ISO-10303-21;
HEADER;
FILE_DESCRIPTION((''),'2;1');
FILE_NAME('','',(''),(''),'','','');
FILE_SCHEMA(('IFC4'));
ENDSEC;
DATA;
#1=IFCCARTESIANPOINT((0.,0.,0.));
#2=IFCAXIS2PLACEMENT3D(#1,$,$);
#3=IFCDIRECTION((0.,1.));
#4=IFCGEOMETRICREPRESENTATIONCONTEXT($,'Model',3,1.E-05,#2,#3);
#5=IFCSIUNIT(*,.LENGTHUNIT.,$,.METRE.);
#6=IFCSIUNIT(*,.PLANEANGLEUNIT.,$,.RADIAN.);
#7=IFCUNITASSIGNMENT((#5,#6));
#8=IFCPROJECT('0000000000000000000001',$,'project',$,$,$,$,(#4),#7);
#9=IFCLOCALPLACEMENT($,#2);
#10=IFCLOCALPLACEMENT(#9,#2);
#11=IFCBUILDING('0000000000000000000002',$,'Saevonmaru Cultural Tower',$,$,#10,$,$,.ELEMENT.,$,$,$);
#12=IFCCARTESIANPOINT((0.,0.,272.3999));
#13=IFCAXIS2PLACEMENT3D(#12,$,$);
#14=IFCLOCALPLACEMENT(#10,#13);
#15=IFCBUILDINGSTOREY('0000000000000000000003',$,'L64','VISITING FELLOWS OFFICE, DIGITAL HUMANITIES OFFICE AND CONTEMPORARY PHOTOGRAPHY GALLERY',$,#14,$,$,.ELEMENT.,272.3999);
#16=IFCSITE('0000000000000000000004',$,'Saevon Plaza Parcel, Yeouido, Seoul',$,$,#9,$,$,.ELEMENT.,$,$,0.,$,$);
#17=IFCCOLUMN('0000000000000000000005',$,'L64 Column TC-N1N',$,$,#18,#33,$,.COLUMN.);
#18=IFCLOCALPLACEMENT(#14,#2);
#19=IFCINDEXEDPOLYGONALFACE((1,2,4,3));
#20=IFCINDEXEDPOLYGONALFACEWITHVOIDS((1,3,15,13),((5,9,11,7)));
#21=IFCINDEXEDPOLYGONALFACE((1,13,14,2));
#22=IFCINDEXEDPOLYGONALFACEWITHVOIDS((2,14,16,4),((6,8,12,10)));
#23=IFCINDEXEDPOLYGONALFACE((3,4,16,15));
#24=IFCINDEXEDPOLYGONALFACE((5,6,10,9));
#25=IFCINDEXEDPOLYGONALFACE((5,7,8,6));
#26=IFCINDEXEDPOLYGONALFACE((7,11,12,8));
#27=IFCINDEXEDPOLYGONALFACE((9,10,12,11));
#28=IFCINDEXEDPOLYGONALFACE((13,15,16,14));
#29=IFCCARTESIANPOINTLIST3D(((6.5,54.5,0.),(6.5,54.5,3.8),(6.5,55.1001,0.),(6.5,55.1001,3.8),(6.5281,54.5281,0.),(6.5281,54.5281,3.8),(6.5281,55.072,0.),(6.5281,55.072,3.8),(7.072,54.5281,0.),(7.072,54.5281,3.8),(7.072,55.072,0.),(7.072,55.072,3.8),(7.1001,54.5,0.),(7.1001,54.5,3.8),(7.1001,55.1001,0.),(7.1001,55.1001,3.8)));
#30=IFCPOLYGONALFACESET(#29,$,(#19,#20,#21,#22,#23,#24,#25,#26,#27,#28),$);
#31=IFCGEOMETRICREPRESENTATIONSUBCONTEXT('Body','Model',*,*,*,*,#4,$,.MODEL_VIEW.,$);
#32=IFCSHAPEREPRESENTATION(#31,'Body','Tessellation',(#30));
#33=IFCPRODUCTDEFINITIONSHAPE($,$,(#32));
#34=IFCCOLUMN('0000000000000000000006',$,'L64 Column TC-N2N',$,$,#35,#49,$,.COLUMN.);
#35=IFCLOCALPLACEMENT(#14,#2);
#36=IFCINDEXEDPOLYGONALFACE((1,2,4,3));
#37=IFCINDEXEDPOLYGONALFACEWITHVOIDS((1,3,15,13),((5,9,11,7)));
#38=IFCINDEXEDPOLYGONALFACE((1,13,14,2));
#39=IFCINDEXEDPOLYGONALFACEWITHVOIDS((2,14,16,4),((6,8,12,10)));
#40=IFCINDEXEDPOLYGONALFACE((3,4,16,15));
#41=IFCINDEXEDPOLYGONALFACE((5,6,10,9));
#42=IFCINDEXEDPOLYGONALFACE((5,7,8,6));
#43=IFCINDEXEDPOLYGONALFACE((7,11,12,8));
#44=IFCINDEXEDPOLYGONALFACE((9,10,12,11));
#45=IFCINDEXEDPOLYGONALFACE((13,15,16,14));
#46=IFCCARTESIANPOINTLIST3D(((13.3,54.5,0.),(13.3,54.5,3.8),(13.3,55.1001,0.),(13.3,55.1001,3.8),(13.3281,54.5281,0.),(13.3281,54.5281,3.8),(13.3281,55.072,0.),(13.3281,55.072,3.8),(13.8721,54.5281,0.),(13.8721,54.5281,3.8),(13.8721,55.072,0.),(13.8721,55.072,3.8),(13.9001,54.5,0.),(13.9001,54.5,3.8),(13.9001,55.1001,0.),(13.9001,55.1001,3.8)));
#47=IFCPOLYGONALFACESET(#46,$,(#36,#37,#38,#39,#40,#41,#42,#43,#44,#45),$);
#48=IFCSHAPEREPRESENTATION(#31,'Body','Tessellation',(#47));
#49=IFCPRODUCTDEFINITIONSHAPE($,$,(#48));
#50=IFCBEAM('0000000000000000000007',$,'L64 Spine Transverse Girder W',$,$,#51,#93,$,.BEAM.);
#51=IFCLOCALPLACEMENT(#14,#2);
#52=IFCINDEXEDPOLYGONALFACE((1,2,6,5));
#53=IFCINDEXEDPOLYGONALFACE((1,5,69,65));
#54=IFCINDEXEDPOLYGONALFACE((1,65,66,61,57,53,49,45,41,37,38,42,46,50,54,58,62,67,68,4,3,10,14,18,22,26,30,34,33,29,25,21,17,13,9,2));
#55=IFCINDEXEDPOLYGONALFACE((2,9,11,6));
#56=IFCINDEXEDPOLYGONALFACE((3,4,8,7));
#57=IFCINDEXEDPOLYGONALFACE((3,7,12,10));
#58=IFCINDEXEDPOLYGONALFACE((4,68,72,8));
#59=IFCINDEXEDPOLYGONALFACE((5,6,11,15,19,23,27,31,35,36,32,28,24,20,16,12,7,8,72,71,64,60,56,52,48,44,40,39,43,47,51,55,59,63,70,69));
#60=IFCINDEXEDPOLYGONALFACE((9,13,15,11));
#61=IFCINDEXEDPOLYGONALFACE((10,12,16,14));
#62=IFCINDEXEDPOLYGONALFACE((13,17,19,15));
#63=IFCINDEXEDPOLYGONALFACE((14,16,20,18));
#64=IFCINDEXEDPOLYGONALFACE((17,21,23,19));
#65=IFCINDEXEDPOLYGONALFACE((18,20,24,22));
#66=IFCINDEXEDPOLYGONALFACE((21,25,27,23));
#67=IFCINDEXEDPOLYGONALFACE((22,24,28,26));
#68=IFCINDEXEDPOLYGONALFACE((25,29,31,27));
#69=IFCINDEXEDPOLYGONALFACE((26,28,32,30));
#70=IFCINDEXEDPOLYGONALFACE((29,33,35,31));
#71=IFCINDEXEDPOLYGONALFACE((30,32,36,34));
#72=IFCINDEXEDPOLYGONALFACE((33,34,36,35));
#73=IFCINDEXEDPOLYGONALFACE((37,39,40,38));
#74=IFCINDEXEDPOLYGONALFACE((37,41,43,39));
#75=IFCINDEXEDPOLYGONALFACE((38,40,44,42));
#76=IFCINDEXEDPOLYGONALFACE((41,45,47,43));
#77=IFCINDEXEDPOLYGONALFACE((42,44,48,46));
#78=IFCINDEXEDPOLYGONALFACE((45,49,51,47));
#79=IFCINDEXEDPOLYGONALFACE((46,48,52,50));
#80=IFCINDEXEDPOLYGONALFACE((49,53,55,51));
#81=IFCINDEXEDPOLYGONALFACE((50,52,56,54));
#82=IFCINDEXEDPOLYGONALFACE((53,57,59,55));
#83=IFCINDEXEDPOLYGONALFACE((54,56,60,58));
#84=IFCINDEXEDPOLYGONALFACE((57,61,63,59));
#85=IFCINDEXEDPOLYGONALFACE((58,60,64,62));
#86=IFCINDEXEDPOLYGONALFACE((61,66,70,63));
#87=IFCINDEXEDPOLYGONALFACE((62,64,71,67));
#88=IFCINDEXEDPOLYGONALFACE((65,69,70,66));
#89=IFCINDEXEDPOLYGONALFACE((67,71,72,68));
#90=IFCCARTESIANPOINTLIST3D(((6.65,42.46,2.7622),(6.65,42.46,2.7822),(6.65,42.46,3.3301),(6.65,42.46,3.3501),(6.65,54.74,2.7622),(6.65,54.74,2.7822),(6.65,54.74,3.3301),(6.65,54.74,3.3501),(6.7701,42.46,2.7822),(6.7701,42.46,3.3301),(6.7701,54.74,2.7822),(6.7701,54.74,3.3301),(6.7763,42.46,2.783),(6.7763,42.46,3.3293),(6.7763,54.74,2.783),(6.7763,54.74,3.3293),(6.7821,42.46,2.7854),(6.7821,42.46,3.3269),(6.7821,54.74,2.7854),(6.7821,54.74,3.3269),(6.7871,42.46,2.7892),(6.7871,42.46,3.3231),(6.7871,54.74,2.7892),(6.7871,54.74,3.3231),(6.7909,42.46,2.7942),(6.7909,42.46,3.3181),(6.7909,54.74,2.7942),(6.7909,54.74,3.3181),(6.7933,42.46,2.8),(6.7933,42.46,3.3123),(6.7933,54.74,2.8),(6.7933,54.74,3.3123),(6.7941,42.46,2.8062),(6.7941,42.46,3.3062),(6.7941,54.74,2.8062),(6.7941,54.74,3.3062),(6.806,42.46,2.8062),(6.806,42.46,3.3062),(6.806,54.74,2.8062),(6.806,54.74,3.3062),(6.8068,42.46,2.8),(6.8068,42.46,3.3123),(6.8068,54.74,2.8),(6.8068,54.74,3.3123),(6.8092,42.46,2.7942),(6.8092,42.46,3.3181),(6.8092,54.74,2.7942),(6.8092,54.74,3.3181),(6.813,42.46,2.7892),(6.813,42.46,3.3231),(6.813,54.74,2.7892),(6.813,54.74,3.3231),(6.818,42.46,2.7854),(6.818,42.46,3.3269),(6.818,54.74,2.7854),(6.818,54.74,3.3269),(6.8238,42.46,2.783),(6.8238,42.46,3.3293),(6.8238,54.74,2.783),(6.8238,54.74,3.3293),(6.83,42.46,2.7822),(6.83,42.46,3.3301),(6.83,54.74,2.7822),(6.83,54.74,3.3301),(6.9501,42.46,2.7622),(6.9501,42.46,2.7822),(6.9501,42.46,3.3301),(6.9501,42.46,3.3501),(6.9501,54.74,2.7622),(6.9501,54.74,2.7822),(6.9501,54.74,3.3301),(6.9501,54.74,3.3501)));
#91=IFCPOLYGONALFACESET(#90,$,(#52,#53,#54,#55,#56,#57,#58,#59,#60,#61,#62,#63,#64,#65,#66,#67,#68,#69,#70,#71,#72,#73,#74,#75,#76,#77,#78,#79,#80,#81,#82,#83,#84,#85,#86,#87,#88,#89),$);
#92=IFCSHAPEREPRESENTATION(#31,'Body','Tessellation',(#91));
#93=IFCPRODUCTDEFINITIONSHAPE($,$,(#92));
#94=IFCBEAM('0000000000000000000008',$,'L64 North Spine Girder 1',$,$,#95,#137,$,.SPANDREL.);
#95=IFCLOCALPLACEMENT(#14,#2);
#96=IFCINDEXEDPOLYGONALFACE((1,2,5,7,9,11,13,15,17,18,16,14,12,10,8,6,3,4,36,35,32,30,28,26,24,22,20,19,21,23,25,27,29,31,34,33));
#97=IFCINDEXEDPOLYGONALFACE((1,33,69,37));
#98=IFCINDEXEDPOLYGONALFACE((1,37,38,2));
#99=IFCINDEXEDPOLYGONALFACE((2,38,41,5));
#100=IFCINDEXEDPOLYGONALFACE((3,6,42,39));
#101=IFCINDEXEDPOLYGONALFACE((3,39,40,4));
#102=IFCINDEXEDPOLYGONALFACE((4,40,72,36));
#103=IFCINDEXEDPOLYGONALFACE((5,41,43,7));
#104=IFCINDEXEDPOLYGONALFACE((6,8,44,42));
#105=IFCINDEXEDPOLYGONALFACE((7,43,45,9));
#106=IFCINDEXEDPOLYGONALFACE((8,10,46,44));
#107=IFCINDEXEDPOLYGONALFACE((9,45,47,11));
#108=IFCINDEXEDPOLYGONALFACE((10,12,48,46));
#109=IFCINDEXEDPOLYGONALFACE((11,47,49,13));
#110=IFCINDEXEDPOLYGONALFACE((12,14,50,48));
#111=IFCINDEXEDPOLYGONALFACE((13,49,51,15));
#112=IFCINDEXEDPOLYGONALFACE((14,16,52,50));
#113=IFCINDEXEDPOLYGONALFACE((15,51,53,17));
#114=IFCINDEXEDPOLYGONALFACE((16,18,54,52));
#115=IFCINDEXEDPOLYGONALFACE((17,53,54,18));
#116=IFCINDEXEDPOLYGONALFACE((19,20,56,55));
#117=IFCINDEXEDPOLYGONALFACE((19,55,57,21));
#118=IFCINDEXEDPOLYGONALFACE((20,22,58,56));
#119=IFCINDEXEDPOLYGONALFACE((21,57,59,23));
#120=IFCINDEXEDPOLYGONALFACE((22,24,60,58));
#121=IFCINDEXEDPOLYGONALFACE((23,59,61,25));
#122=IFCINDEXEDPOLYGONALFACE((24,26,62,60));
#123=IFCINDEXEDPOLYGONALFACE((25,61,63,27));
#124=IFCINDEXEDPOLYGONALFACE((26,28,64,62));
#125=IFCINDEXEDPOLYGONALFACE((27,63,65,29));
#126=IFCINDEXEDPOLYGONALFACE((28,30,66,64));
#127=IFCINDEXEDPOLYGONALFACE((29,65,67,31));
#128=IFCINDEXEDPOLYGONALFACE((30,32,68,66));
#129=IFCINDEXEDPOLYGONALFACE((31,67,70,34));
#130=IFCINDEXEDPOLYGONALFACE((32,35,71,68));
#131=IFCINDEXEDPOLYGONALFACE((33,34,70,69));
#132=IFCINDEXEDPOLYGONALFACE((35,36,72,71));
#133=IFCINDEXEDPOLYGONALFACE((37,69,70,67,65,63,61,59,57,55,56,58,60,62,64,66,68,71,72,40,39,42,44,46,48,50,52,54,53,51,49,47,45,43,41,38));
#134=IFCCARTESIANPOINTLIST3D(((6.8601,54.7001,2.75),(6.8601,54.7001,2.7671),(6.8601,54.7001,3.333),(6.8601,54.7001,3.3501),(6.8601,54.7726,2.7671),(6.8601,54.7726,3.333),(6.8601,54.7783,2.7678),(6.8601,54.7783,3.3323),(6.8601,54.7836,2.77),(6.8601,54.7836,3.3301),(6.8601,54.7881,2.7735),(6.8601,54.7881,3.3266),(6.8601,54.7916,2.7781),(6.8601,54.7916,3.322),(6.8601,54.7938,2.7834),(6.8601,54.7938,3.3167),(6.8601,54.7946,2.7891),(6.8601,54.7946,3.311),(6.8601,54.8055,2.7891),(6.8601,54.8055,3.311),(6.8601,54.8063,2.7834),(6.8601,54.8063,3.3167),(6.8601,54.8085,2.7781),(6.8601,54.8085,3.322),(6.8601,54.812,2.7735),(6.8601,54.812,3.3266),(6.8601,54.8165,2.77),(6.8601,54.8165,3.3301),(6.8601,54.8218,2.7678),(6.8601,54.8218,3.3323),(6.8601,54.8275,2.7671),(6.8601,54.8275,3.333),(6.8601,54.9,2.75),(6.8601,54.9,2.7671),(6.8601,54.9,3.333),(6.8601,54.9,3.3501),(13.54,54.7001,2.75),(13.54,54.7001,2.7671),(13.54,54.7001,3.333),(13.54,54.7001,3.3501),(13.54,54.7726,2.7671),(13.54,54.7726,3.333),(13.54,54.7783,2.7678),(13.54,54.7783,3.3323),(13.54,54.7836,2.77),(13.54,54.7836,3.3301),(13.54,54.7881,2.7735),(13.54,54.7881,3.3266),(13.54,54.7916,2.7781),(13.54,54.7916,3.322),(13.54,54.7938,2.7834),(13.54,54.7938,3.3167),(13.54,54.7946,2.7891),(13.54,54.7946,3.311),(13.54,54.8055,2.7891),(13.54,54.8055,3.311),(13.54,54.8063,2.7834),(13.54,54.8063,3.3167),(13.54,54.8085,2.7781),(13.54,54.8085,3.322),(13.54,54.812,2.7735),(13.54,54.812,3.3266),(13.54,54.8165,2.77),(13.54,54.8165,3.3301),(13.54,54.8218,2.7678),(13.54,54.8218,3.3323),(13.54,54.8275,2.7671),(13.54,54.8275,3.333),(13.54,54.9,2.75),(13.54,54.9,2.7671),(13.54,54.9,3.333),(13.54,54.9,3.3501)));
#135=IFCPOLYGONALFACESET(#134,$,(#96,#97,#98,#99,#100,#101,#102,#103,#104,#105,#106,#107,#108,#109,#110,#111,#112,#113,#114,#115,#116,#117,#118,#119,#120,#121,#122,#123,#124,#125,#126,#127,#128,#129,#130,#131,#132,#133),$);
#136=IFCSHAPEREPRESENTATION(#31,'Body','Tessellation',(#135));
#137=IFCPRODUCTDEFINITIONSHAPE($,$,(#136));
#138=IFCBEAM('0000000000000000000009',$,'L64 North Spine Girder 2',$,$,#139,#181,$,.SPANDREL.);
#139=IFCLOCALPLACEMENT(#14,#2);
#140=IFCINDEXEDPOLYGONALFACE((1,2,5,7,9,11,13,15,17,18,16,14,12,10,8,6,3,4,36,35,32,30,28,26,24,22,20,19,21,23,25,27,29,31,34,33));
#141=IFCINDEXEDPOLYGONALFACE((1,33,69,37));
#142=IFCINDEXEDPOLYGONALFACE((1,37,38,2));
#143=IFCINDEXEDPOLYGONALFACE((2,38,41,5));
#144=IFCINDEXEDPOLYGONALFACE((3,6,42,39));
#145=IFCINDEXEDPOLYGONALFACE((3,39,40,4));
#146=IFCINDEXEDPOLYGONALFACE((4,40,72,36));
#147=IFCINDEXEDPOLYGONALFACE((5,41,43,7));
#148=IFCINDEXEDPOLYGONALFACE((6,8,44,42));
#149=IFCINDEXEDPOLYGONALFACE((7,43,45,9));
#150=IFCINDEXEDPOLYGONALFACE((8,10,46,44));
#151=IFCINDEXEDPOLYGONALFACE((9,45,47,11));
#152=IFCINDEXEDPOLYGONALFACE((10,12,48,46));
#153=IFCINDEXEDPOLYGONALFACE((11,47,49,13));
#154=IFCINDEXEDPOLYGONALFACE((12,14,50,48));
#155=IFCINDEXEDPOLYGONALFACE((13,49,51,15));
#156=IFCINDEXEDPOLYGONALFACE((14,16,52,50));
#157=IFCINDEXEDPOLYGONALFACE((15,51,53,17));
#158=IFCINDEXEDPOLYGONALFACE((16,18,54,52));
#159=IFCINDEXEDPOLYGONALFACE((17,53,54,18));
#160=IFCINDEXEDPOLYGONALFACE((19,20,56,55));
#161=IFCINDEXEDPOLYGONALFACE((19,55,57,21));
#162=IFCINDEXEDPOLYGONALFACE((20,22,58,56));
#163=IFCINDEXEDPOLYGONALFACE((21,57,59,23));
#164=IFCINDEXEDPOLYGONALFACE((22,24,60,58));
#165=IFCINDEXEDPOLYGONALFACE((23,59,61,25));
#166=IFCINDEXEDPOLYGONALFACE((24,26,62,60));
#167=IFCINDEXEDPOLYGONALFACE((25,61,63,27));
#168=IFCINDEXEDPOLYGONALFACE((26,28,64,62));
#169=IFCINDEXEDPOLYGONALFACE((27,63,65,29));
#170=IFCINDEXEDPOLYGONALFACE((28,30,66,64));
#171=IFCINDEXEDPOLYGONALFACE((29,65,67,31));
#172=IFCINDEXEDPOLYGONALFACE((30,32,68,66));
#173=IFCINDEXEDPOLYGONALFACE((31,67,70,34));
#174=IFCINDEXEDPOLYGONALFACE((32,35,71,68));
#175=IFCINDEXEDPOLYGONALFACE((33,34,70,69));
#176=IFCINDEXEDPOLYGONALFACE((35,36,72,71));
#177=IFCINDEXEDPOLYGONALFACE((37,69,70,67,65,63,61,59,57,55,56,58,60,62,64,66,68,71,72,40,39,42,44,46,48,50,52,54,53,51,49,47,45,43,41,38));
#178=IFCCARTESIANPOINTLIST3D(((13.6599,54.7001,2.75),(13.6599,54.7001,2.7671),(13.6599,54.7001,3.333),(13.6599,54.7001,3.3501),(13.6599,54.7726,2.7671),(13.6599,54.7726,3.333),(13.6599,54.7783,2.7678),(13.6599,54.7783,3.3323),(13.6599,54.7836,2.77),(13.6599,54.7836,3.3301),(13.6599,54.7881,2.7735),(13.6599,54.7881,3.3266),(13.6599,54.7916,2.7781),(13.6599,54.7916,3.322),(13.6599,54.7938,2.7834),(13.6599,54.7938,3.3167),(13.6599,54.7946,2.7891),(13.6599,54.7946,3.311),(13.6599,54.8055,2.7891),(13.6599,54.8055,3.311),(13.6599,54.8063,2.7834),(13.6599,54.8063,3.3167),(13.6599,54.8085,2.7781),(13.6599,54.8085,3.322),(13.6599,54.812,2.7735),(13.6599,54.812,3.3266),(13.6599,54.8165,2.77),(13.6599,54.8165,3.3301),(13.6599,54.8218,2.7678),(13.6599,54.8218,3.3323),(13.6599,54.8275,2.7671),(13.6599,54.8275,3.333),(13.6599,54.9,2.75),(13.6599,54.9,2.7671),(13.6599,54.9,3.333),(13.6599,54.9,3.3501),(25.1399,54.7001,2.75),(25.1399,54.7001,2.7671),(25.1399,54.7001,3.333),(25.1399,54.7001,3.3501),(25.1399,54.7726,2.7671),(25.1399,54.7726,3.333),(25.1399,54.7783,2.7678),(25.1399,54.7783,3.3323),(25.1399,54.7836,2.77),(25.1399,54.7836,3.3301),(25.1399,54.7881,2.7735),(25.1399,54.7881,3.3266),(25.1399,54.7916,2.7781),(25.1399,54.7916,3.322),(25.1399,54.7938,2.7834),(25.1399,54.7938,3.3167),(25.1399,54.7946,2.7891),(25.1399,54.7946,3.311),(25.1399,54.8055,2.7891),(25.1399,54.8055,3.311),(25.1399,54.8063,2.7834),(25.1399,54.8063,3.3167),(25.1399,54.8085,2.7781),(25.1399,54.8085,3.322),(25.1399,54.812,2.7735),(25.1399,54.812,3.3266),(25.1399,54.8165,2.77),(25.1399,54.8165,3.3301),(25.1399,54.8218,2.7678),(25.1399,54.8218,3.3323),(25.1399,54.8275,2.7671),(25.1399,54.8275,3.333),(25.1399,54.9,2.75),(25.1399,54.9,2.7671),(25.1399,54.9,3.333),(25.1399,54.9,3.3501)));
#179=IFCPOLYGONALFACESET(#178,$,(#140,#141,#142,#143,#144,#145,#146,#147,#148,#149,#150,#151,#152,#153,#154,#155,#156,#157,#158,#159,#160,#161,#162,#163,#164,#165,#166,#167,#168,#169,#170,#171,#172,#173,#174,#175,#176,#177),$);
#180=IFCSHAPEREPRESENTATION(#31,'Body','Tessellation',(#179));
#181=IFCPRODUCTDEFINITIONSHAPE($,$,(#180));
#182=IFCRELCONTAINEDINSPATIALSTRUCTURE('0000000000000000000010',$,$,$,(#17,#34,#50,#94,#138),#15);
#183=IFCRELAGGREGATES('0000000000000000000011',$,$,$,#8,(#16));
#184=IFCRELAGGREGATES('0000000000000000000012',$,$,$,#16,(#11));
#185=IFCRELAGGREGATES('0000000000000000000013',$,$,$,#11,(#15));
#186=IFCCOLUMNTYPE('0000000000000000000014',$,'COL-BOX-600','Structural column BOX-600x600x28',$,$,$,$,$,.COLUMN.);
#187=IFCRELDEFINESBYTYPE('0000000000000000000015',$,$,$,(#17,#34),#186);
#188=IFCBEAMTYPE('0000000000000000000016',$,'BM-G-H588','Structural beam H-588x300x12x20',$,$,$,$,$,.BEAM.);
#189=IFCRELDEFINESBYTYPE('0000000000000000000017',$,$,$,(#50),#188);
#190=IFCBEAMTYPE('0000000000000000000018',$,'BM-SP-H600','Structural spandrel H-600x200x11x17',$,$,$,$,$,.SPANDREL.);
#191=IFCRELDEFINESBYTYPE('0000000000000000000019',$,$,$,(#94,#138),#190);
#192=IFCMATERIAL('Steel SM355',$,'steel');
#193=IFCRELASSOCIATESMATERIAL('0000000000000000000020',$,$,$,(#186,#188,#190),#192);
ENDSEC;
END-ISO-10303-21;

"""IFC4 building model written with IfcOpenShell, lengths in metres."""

from ifc_helpers import new_model, si_unit, direction, frame, origin, origin_2d, place, context, subcontext, project, spatial, hollow_rectangle, i_section, extrude, material, material_profile, profile_set, type_object, element, save


model = new_model("IFC4")

# Units and contexts
model_context = context("Model", 3, precision=1e-05, world=origin(), true_north=direction((0.0, 1.0)))
body_context = subcontext(model_context, "Body", "Model", "MODEL_VIEW")
ifc_project = project(units=[si_unit("LENGTHUNIT", "METRE"), si_unit("PLANEANGLEUNIT", "RADIAN")], contexts=[model_context])

# Site, building, storey
site_placement = place(None, origin())
site = spatial("IfcSite", under=ifc_project, at=site_placement, Name="Saevon Plaza Parcel, Yeouido, Seoul", CompositionType="ELEMENT", RefElevation=0.0)
building_placement = place(site_placement, origin())
building = spatial("IfcBuilding", under=site, at=building_placement, Name="Saevonmaru Cultural Tower", CompositionType="ELEMENT")
storey_placement = place(building_placement, frame((0.0, 0.0, 272.3999)))
storey = spatial("IfcBuildingStorey", under=building, at=storey_placement, Name="L64", Description="VISITING FELLOWS OFFICE, DIGITAL HUMANITIES OFFICE AND CONTEMPORARY PHOTOGRAPHY GALLERY", CompositionType="ELEMENT", Elevation=272.3999)

# Columns
ifc_material_1 = material(Name="Steel SM355", Category="steel")
ifc_material_profile_1 = material_profile(ifc_material_1, hollow_rectangle(XDim=0.6001, YDim=0.6001, WallThickness=0.0281, at=origin_2d()), Name="BOX-600x600x28")
ifc_profile_set_1 = profile_set([ifc_material_profile_1], Name="Steel SM355")
column_type = type_object("IfcColumnType", Name="COL-BOX-600", Description="Structural column BOX-600x600x28", PredefinedType="COLUMN", material=ifc_profile_set_1)
for number, where, z_axis, x_axis, name in (
    (1, (6.8, 54.8, 0.0), (0.0, 0.0, 1.0), (1.0, 0.0, 0.0), "L64 Column TC-N1N"),
    (2, (13.6001, 54.8, 0.0), (0.0, 0.0, 1.0), (1.0, 0.0, 0.0), "L64 Column TC-N2N"),
):
    element("IfcColumn", number, at=place(storey_placement, frame(where, z_axis=z_axis, x_axis=x_axis)), inside=storey, type_object=column_type, Name=name, PredefinedType="COLUMN", context=body_context, shape_type="SweptSolid", body=[
        extrude(hollow_rectangle(XDim=0.6001, YDim=0.6001, WallThickness=0.0281, at=origin_2d()), origin(), (0.0, 0.0, 1.0), 3.8),
    ])

# Beams
ifc_material_profile_2 = material_profile(ifc_material_1, i_section(OverallWidth=0.3, OverallDepth=0.5879, WebThickness=0.012, FlangeThickness=0.02, FilletRadius=0.0239, at=origin_2d()), Name="H-588x300x12x20")
ifc_profile_set_2 = profile_set([ifc_material_profile_2], Name="Steel SM355")
beam_type_1 = type_object("IfcBeamType", Name="BM-G-H588", Description="Structural beam H-588x300x12x20", PredefinedType="BEAM", material=ifc_profile_set_2)
beam_1_placement = place(storey_placement, frame((6.8, 54.74, 3.0562), z_axis=(0.0, -1.0, 0.0), x_axis=(1.0, 0.0, 0.0)))
element("IfcBeam", 3, at=beam_1_placement, inside=storey, type_object=beam_type_1, Name="L64 Spine Transverse Girder W", PredefinedType="BEAM", context=body_context, shape_type="SweptSolid", body=[
    extrude(i_section(OverallWidth=0.3, OverallDepth=0.5879, WebThickness=0.012, FlangeThickness=0.02, FilletRadius=0.0239, at=origin_2d()), origin(), (0.0, 0.0, 1.0), 12.28),
])
ifc_material_profile_3 = material_profile(ifc_material_1, i_section(OverallWidth=0.2, OverallDepth=0.6001, WebThickness=0.011, FlangeThickness=0.0171, FilletRadius=0.022, at=origin_2d()), Name="H-600x200x11x17")
ifc_profile_set_3 = profile_set([ifc_material_profile_3], Name="Steel SM355")
beam_type_2 = type_object("IfcBeamType", Name="BM-SP-H600", Description="Structural spandrel H-600x200x11x17", PredefinedType="SPANDREL", material=ifc_profile_set_3)
beam_2_placement = place(storey_placement, frame((6.8601, 54.8, 3.05), z_axis=(1.0, 0.0, 0.0), x_axis=(0.0, 1.0, 0.0)))
element("IfcBeam", 4, at=beam_2_placement, inside=storey, type_object=beam_type_2, Name="L64 North Spine Girder 1", PredefinedType="SPANDREL", context=body_context, shape_type="SweptSolid", body=[
    extrude(i_section(OverallWidth=0.2, OverallDepth=0.6001, WebThickness=0.011, FlangeThickness=0.0171, FilletRadius=0.022, at=origin_2d()), origin(), (0.0, 0.0, 1.0), 6.6799),
])
beam_3_placement = place(storey_placement, frame((13.6599, 54.8, 3.05), z_axis=(1.0, 0.0, 0.0), x_axis=(0.0, 1.0, 0.0)))
element("IfcBeam", 5, at=beam_3_placement, inside=storey, type_object=beam_type_2, Name="L64 North Spine Girder 2", PredefinedType="SPANDREL", context=body_context, shape_type="SweptSolid", body=[
    extrude(i_section(OverallWidth=0.2, OverallDepth=0.6001, WebThickness=0.011, FlangeThickness=0.0171, FilletRadius=0.022, at=origin_2d()), origin(), (0.0, 0.0, 1.0), 11.48),
])

save(model, "model.ifc")
